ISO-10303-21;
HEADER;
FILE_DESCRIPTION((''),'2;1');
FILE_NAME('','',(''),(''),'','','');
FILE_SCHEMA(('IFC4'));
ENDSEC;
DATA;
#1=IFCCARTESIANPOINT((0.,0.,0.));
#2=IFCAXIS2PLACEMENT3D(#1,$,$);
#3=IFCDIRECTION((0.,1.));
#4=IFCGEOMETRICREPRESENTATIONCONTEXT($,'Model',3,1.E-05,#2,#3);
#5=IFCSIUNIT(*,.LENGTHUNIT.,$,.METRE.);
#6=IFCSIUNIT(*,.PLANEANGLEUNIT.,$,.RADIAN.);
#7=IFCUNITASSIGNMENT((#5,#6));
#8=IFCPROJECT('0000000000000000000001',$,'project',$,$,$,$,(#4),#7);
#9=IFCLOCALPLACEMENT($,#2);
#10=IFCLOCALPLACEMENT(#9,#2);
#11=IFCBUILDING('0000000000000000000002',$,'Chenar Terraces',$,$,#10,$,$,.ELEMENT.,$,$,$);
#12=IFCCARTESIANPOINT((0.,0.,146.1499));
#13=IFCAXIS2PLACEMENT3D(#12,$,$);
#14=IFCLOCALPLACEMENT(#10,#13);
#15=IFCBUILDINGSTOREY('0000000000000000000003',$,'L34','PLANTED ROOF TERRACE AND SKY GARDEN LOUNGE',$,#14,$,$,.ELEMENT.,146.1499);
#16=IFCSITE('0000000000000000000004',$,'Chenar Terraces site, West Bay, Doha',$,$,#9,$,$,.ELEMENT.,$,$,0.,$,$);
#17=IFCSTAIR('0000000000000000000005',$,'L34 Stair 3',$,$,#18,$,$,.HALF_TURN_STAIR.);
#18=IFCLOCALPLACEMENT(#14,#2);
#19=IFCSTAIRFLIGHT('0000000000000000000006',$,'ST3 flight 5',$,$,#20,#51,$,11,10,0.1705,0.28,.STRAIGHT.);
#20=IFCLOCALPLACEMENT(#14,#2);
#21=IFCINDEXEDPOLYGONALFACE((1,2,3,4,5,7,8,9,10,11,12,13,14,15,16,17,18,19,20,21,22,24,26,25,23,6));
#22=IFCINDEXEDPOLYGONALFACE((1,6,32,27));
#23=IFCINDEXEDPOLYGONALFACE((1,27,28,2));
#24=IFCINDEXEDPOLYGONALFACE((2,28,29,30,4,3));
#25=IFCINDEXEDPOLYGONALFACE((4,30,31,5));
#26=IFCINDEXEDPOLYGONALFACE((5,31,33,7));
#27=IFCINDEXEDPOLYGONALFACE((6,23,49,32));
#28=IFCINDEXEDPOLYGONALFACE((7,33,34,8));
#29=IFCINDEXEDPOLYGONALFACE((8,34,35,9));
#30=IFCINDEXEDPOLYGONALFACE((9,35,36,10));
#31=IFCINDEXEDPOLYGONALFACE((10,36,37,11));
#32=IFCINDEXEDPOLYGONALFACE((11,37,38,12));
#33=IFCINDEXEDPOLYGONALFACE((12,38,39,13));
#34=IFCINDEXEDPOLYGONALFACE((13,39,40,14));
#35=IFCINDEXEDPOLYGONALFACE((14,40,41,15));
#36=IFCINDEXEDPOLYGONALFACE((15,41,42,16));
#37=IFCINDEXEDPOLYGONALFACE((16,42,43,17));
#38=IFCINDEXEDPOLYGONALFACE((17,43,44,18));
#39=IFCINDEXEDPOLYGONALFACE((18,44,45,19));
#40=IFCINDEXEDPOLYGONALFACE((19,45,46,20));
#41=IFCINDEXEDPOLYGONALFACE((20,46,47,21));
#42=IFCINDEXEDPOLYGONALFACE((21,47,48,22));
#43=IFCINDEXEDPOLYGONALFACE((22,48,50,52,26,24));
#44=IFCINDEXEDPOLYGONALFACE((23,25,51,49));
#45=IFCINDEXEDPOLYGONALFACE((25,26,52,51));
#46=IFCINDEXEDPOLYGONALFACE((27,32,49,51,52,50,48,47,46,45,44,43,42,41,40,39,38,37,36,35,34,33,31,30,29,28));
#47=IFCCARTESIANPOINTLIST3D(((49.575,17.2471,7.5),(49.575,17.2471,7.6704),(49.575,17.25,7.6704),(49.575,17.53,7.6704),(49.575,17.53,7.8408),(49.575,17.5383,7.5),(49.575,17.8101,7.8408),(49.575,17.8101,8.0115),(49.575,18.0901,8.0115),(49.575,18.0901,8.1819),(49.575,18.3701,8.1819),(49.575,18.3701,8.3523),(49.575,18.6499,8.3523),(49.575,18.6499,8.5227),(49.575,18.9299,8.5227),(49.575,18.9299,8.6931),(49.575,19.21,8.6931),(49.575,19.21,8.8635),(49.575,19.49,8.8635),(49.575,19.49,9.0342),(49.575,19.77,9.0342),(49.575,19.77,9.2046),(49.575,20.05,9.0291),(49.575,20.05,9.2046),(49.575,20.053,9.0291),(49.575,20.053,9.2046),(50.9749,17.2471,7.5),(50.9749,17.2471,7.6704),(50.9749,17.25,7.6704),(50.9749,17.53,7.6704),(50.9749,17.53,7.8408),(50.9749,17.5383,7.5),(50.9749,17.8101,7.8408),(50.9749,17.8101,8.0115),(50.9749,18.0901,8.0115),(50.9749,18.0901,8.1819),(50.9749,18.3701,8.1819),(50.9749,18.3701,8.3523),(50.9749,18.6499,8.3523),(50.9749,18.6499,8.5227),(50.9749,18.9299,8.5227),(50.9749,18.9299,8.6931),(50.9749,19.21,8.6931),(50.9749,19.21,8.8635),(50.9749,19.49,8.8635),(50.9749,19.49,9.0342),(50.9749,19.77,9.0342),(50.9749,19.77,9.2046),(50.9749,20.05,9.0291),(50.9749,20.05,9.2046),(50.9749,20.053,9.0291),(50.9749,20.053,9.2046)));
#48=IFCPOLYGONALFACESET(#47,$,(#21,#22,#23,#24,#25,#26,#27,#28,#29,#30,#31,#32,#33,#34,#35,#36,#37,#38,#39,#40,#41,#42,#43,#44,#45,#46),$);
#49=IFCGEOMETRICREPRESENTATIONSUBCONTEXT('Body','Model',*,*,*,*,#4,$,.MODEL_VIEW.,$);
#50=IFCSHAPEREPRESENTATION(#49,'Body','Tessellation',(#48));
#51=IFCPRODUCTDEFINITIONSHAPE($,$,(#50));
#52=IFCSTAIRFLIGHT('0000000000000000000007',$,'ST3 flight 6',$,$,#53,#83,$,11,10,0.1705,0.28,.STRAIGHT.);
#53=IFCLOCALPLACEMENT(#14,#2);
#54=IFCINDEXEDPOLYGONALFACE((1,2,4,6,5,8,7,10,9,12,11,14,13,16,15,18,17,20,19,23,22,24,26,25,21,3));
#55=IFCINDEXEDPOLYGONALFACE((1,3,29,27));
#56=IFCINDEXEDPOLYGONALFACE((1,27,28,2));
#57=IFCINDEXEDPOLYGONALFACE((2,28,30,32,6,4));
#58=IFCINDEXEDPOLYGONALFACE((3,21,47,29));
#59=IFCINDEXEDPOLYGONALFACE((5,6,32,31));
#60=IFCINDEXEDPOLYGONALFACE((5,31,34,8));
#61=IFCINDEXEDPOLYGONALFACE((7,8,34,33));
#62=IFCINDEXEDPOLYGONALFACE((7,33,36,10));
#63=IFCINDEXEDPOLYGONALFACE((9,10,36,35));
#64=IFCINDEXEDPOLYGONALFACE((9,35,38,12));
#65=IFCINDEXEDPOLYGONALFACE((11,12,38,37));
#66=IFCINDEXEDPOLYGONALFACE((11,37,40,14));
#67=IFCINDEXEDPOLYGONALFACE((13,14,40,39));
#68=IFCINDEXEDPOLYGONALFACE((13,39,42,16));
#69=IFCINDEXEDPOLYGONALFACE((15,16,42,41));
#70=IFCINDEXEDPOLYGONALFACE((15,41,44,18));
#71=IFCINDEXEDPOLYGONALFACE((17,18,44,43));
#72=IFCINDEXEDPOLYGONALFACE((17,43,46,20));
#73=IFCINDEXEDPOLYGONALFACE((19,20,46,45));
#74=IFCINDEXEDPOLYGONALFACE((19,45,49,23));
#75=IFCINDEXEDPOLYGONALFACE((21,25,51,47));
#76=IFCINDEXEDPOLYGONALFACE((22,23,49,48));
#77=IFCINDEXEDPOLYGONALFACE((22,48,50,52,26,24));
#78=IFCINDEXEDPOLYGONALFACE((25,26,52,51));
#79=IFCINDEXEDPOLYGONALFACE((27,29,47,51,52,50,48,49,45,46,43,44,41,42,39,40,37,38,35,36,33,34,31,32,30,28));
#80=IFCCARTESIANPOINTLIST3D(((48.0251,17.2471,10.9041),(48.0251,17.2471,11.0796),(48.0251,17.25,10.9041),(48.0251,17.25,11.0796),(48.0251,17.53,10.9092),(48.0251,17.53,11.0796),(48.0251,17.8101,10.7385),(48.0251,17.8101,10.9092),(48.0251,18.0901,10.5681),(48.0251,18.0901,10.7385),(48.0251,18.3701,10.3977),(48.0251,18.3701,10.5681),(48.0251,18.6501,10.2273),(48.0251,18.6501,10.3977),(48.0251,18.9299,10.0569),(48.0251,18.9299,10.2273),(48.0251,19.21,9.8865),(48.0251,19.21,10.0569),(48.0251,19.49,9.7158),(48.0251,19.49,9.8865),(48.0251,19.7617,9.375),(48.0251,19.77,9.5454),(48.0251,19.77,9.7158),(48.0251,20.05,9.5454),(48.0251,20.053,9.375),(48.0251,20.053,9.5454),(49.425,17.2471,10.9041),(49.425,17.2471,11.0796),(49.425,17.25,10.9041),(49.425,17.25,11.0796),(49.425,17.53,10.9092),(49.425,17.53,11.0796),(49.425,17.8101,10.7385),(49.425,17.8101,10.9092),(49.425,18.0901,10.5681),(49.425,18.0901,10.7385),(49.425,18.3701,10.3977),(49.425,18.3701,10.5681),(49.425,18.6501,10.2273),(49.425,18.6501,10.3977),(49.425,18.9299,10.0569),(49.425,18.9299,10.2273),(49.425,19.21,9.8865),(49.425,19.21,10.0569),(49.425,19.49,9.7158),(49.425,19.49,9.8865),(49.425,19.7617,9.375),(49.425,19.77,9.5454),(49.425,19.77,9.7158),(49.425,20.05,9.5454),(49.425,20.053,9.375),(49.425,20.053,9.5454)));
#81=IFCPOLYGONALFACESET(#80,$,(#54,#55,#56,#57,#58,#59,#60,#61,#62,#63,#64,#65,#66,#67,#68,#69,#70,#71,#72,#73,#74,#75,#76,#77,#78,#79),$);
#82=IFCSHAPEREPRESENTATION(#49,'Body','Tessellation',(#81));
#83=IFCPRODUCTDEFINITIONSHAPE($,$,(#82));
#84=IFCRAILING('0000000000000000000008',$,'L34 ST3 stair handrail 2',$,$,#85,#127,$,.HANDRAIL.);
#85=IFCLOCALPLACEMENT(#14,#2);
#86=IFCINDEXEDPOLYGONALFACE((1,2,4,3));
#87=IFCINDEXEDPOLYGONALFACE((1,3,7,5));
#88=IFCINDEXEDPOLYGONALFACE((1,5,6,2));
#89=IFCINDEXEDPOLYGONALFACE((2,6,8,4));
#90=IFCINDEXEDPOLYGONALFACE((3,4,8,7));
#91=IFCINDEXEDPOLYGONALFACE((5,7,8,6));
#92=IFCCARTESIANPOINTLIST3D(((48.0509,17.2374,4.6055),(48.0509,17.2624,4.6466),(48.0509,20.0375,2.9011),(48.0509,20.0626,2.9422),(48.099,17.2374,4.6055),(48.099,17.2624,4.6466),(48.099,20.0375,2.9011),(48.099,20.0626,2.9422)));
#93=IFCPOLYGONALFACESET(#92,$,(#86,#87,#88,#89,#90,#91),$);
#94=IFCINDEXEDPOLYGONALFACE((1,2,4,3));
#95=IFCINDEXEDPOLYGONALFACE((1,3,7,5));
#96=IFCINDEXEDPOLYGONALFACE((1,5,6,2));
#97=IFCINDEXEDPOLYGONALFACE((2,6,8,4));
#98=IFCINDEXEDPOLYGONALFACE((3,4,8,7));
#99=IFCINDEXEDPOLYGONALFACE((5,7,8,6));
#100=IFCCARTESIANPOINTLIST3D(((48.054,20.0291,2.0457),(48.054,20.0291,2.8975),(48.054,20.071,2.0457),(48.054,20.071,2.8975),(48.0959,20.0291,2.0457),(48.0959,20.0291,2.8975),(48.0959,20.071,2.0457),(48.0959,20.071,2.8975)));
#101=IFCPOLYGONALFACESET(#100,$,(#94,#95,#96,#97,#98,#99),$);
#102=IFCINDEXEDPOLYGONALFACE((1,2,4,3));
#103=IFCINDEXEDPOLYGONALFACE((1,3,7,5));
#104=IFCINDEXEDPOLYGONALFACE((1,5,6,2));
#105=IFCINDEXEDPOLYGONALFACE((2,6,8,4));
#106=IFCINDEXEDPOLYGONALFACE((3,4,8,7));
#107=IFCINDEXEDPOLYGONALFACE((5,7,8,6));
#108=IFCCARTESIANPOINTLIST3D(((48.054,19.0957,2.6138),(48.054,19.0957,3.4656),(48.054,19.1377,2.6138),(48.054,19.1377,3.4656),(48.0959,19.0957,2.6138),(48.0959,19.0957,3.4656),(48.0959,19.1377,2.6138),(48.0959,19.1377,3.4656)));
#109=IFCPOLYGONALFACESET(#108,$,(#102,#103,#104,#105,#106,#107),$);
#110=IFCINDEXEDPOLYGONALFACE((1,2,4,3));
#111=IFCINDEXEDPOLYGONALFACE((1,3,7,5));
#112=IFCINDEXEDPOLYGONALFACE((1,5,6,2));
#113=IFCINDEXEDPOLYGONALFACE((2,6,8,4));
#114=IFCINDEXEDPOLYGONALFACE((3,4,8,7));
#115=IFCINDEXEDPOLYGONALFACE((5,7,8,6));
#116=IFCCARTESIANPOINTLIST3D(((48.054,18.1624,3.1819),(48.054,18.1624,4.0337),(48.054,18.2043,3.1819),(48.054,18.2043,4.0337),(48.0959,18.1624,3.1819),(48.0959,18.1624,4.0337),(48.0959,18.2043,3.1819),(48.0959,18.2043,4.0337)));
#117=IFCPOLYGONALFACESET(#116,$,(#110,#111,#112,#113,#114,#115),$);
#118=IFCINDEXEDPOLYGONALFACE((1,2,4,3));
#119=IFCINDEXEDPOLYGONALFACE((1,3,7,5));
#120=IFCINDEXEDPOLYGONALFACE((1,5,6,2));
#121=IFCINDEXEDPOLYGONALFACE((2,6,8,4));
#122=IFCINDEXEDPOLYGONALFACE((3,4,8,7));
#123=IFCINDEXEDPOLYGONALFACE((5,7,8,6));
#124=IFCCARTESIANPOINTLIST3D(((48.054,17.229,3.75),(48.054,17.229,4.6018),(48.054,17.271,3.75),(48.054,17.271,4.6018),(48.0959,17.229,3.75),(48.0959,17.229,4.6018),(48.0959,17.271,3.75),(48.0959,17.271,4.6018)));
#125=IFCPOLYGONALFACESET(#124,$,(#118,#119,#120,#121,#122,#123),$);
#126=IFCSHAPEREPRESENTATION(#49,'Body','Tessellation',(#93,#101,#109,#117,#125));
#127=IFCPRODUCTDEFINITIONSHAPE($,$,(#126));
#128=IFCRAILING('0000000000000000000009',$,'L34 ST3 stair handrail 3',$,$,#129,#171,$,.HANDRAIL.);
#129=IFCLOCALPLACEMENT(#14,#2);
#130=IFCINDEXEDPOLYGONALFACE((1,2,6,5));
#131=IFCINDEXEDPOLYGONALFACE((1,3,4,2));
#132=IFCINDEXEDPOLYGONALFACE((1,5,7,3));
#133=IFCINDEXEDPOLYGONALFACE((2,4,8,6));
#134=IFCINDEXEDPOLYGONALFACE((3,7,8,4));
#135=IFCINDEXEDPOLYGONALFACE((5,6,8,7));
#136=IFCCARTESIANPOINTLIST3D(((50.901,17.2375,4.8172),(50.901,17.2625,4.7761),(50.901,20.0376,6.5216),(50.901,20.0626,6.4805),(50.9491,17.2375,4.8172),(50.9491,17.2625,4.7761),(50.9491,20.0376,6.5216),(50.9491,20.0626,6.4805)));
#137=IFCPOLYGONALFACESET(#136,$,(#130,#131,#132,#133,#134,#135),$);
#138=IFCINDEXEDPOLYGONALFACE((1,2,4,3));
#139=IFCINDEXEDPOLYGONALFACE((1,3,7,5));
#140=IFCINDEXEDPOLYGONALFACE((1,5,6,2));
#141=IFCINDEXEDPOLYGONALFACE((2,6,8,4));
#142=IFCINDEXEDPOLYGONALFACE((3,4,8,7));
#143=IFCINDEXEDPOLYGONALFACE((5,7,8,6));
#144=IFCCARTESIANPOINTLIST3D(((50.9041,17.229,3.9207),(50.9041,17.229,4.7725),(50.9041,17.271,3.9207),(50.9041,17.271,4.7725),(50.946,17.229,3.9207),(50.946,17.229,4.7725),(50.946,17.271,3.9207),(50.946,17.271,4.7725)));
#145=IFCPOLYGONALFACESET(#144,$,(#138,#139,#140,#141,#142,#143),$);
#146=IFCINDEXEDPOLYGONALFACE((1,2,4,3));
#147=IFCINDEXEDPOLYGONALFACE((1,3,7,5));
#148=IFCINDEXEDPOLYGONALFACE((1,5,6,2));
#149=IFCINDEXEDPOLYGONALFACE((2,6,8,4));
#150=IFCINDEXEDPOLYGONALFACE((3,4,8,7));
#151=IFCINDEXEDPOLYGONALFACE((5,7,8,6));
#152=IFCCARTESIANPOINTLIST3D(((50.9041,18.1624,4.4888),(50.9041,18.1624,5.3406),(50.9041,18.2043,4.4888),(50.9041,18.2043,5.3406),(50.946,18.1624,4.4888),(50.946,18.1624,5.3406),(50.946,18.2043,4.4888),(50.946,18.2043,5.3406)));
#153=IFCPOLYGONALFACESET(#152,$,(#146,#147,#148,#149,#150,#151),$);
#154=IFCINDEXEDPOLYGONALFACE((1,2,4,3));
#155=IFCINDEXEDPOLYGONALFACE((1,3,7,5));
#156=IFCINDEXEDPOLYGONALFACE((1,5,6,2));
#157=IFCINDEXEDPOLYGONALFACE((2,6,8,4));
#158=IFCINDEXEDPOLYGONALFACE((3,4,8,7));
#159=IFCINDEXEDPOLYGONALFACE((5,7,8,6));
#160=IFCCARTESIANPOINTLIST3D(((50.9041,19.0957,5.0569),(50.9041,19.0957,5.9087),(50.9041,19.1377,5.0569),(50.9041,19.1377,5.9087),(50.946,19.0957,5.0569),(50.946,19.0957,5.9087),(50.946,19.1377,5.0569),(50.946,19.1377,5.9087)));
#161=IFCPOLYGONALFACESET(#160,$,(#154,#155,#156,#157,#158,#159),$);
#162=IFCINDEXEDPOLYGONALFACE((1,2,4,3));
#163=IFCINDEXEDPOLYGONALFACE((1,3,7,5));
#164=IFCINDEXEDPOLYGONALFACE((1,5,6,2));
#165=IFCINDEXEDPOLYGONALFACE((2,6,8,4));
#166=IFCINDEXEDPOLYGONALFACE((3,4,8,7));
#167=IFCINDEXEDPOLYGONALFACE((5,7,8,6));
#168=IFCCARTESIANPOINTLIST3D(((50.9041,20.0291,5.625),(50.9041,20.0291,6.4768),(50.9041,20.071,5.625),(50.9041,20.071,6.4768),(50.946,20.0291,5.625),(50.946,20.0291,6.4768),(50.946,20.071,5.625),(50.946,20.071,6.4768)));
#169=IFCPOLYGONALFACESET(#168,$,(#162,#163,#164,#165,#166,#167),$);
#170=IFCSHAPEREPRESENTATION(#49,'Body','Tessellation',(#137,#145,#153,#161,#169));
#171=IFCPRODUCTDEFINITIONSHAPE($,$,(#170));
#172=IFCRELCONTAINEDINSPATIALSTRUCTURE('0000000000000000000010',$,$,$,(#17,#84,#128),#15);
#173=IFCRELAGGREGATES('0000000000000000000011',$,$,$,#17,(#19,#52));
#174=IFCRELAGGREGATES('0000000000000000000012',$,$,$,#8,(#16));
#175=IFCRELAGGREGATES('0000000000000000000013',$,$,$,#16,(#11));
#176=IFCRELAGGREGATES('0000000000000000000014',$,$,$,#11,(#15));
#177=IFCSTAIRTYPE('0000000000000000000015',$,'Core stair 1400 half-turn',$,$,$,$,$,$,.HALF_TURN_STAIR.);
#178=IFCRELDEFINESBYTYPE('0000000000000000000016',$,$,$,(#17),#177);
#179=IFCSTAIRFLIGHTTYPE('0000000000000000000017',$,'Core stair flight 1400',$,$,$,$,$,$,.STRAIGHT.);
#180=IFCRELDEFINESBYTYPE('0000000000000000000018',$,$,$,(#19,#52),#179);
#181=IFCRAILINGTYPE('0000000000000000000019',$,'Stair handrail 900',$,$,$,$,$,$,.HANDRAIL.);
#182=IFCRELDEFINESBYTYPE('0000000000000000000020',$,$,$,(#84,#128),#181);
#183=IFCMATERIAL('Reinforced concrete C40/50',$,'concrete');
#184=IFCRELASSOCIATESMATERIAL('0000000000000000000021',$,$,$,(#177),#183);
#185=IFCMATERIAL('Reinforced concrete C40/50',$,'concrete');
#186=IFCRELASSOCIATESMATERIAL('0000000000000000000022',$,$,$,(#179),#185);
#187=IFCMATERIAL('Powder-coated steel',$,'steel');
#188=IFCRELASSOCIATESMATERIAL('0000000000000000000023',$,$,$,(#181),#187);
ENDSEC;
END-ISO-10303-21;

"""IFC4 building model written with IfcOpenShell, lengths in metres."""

from ifc_helpers import new_model, si_unit, direction, frame, origin, origin_2d, place, context, subcontext, project, spatial, polyline, rectangle, outline, extrude, material, type_object, element, aggregate, save


model = new_model("IFC4")

# Units and contexts
model_context = context("Model", 3, precision=1e-05, world=origin(), true_north=direction((0.0, 1.0)))
body_context = subcontext(model_context, "Body", "Model", "MODEL_VIEW")
ifc_project = project(units=[si_unit("LENGTHUNIT", "METRE"), si_unit("PLANEANGLEUNIT", "RADIAN")], contexts=[model_context])

# Site, building, storey
site_placement = place(None, origin())
site = spatial("IfcSite", under=ifc_project, at=site_placement, Name="Chenar Terraces site, West Bay, Doha", CompositionType="ELEMENT", RefElevation=0.0)
building_placement = place(site_placement, origin())
building = spatial("IfcBuilding", under=site, at=building_placement, Name="Chenar Terraces", CompositionType="ELEMENT")
storey_placement = place(building_placement, frame((0.0, 0.0, 146.1499)))
storey = spatial("IfcBuildingStorey", under=building, at=storey_placement, Name="L34", Description="PLANTED ROOF TERRACE AND SKY GARDEN LOUNGE", CompositionType="ELEMENT", Elevation=146.1499)

# Shared definitions
placement = place(storey_placement, origin())

# Stair, stair flights
ifc_material_1 = material(Name="Reinforced concrete C40/50", Category="concrete")
stair_type = type_object("IfcStairType", Name="Core stair 1400 half-turn", PredefinedType="HALF_TURN_STAIR", material=ifc_material_1)
stair = element("IfcStair", 1, at=placement, inside=storey, type_object=stair_type, Name="L34 Stair 3", PredefinedType="HALF_TURN_STAIR")
ifc_material_2 = material(Name="Reinforced concrete C40/50", Category="concrete")
stair_flight_type = type_object("IfcStairFlightType", Name="Core stair flight 1400", PredefinedType="STRAIGHT", material=ifc_material_2)
stair_flight_1_placement = place(storey_placement, frame((50.2749, 17.25, 7.5), z_axis=(0.0, 0.0, 1.0), x_axis=(0.0, 1.0, 0.0)))
stair_flight_1 = element("IfcStairFlight", 2, at=stair_flight_1_placement, type_object=stair_flight_type, Name="ST3 flight 5", NumberOfRisers=11, NumberOfTreads=10, PredefinedType="STRAIGHT", RiserHeight=0.1705, TreadLength=0.28, context=body_context, shape_type="SweptSolid", body=[
    extrude(outline(polyline([(-0.0029, 0.0), (-0.0029, 0.1704), (0.0, 0.1704), (0.28, 0.1704), (0.28, 0.3408), (0.5601, 0.3408), (0.5601, 0.5115), (0.8401, 0.5115), (0.8401, 0.6819), (1.1201, 0.6819), (1.1201, 0.8523), (1.3999, 0.8523), (1.3999, 1.0227), (1.6799, 1.0227), (1.6799, 1.1931), (1.96, 1.1931), (1.96, 1.3635), (2.24, 1.3635), (2.24, 1.5342), (2.52, 1.5342), (2.52, 1.7046), (2.8, 1.7046), (2.803, 1.7046), (2.803, 1.5291), (2.8, 1.5291), (0.2883, 0.0), (-0.0029, 0.0)])), frame((0.0, 0.7, 0.0), z_axis=(0.0, -1.0, 0.0), x_axis=(1.0, 0.0, 0.0)), (0.0, 0.0, 1.0), 1.3999),
])
stair_flight_2_placement = place(storey_placement, frame((48.7251, 20.05, 9.375), z_axis=(0.0, 0.0, 1.0), x_axis=(0.0, -1.0, 0.0)))
stair_flight_2 = element("IfcStairFlight", 3, at=stair_flight_2_placement, type_object=stair_flight_type, Name="ST3 flight 6", NumberOfRisers=11, NumberOfTreads=10, PredefinedType="STRAIGHT", RiserHeight=0.1705, TreadLength=0.28, context=body_context, shape_type="SweptSolid", body=[
    extrude(outline(polyline([(-0.0029, 0.0), (-0.0029, 0.1704), (0.0, 0.1704), (0.28, 0.1704), (0.28, 0.3408), (0.5601, 0.3408), (0.5601, 0.5115), (0.8401, 0.5115), (0.8401, 0.6819), (1.1201, 0.6819), (1.1201, 0.8523), (1.3999, 0.8523), (1.3999, 1.0227), (1.6799, 1.0227), (1.6799, 1.1931), (1.96, 1.1931), (1.96, 1.3635), (2.24, 1.3635), (2.24, 1.5342), (2.52, 1.5342), (2.52, 1.7046), (2.8, 1.7046), (2.803, 1.7046), (2.803, 1.5291), (2.8, 1.5291), (0.2883, 0.0), (-0.0029, 0.0)])), frame((0.0, 0.7, 0.0), z_axis=(0.0, -1.0, 0.0), x_axis=(1.0, 0.0, 0.0)), (0.0, 0.0, 1.0), 1.3999),
])
aggregate(stair, [stair_flight_1, stair_flight_2])

# Railings
ifc_material_3 = material(Name="Powder-coated steel", Category="steel")
railing_type_1 = type_object("IfcRailingType", Name="Stair handrail 900", PredefinedType="HANDRAIL", material=ifc_material_3)
railing_1_placement = place(storey_placement, frame((48.075, 20.05, 2.0457)))
element("IfcRailing", 4, at=railing_1_placement, inside=storey, type_object=railing_type_1, Name="L34 ST3 stair handrail 2", PredefinedType="HANDRAIL", context=body_context, shape_type="SweptSolid", body=[
    extrude(rectangle(XDim=0.0481, YDim=0.0481, at=origin_2d()), frame((0.0, 0.0, 0.876), z_axis=(0.0, -0.854203, 0.51994), x_axis=(1.0, 0.0, 0.0)), (0.0, 0.0, 1.0), 3.2781),
    extrude(rectangle(XDim=0.042, YDim=0.042, at=origin_2d()), origin(), (0.0, 0.0, 1.0), 0.8518),
    extrude(rectangle(XDim=0.042, YDim=0.042, at=origin_2d()), frame((0.0, -0.9333, 0.5681)), (0.0, 0.0, 1.0), 0.8518),
    extrude(rectangle(XDim=0.042, YDim=0.042, at=origin_2d()), frame((0.0, -1.8667, 1.1362)), (0.0, 0.0, 1.0), 0.8518),
    extrude(rectangle(XDim=0.042, YDim=0.042, at=origin_2d()), frame((0.0, -2.8, 1.7043)), (0.0, 0.0, 1.0), 0.8518),
])
railing_2_placement = place(storey_placement, frame((50.925, 17.25, 3.9207)))
element("IfcRailing", 5, at=railing_2_placement, inside=storey, type_object=railing_type_1, Name="L34 ST3 stair handrail 3", PredefinedType="HANDRAIL", context=body_context, shape_type="SweptSolid", body=[
    extrude(rectangle(XDim=0.0481, YDim=0.0481, at=origin_2d()), frame((0.0, 0.0, 0.876), z_axis=(0.0, 0.854203, 0.51994), x_axis=(-1.0, 0.0, 0.0)), (0.0, 0.0, 1.0), 3.2781),
    extrude(rectangle(XDim=0.042, YDim=0.042, at=origin_2d()), origin(), (0.0, 0.0, 1.0), 0.8518),
    extrude(rectangle(XDim=0.042, YDim=0.042, at=origin_2d()), frame((0.0, 0.9333, 0.5681)), (0.0, 0.0, 1.0), 0.8518),
    extrude(rectangle(XDim=0.042, YDim=0.042, at=origin_2d()), frame((0.0, 1.8667, 1.1362)), (0.0, 0.0, 1.0), 0.8518),
    extrude(rectangle(XDim=0.042, YDim=0.042, at=origin_2d()), frame((0.0, 2.8, 1.7043)), (0.0, 0.0, 1.0), 0.8518),
])

save(model, "model.ifc")
